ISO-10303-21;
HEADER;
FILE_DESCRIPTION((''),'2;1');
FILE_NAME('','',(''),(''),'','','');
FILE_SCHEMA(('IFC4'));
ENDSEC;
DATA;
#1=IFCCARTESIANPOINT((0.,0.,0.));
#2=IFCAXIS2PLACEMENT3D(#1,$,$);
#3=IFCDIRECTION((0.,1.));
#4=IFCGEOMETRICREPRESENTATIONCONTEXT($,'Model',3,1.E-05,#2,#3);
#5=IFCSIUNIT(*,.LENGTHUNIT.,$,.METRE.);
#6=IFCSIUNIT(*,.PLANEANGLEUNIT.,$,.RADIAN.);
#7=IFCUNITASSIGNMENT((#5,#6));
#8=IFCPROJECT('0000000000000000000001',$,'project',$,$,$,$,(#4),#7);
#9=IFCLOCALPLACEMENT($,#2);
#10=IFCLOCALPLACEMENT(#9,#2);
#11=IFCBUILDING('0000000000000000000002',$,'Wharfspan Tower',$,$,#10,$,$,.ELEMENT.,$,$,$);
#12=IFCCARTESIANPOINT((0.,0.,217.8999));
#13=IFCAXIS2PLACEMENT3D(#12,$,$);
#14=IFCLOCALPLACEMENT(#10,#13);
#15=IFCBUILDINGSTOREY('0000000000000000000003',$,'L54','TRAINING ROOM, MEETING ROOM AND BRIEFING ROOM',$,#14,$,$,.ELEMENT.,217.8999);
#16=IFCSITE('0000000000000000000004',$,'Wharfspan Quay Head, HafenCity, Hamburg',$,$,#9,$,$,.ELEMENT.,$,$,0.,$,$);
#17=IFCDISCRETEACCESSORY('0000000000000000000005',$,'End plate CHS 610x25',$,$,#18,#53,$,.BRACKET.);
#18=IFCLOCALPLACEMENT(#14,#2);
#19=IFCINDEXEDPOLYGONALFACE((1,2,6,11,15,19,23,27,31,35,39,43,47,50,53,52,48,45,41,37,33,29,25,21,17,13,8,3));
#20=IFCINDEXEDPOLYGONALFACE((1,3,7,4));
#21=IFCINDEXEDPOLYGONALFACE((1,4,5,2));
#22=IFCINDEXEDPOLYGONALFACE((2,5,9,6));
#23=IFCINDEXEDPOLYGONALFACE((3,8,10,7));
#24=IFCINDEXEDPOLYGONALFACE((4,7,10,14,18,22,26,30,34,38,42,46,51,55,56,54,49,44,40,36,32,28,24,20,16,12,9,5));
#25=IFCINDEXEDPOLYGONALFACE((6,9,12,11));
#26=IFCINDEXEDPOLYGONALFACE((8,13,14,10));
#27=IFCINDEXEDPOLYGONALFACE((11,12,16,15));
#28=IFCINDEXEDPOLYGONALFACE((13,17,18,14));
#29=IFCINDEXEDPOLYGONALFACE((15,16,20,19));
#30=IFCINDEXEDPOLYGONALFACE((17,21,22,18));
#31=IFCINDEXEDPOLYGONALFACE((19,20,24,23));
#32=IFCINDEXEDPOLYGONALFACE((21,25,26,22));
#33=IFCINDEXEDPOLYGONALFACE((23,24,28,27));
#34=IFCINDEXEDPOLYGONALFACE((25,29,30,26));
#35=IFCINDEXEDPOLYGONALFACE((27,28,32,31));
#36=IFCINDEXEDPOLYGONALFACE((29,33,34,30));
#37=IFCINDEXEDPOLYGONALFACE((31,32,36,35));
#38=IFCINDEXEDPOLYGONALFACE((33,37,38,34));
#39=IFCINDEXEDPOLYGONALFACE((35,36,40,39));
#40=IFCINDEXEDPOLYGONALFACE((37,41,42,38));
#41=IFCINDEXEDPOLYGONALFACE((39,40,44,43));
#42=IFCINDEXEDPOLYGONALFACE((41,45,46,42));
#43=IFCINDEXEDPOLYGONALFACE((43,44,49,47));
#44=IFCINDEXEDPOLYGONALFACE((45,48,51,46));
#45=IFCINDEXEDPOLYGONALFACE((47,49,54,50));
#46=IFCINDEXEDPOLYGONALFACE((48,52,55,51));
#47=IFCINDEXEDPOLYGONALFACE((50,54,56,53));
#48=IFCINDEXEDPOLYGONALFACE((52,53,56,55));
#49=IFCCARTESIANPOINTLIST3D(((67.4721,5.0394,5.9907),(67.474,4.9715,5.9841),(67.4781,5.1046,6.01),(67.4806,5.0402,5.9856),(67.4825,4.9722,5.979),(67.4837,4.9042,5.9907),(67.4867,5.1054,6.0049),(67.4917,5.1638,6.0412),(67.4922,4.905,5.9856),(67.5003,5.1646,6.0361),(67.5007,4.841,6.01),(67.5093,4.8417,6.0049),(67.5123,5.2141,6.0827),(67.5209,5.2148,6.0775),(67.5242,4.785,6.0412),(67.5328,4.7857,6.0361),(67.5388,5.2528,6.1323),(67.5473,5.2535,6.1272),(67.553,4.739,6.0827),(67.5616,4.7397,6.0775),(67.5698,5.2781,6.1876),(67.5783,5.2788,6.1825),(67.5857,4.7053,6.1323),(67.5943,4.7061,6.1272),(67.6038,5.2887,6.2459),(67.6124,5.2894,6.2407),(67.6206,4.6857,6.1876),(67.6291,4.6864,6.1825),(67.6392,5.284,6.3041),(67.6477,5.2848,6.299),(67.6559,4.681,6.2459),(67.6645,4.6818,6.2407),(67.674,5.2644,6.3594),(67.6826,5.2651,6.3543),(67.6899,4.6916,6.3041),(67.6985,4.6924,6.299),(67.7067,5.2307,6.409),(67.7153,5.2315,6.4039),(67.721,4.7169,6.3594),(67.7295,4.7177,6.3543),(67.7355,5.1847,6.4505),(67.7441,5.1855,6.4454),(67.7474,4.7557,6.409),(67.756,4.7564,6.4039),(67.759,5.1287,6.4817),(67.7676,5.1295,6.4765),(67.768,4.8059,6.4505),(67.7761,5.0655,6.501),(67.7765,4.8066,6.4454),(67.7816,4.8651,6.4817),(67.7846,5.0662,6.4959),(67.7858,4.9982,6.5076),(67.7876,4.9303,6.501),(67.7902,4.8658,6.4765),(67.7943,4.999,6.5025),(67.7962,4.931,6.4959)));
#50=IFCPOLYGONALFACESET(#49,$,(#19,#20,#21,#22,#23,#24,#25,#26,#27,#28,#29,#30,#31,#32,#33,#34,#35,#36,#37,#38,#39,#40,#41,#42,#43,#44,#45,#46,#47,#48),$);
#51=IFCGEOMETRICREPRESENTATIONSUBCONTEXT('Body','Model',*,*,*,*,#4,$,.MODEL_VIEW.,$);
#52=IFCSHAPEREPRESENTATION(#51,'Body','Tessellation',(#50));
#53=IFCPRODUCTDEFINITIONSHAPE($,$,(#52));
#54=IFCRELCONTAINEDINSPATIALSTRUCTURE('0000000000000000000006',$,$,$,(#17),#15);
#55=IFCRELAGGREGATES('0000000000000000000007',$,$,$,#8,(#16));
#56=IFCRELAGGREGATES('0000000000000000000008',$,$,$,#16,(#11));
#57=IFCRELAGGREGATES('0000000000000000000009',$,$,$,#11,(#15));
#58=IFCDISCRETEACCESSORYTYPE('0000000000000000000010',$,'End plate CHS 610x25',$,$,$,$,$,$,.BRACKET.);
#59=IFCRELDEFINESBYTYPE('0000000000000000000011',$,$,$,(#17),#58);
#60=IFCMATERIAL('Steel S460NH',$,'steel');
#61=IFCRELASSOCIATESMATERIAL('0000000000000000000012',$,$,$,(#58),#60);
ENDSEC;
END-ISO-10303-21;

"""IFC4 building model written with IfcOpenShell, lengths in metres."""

from ifc_helpers import new_model, si_unit, direction, frame, origin, origin_2d, place, context, subcontext, project, spatial, circle, extrude, material, material_profile, profile_set, type_object, element, save


model = new_model("IFC4")

# Units and contexts
model_context = context("Model", 3, precision=1e-05, world=origin(), true_north=direction((0.0, 1.0)))
body_context = subcontext(model_context, "Body", "Model", "MODEL_VIEW")
ifc_project = project(units=[si_unit("LENGTHUNIT", "METRE"), si_unit("PLANEANGLEUNIT", "RADIAN")], contexts=[model_context])

# Site, building, storey
site_placement = place(None, origin())
site = spatial("IfcSite", under=ifc_project, at=site_placement, Name="Wharfspan Quay Head, HafenCity, Hamburg", CompositionType="ELEMENT", RefElevation=0.0)
building_placement = place(site_placement, origin())
building = spatial("IfcBuilding", under=site, at=building_placement, Name="Wharfspan Tower", CompositionType="ELEMENT")
storey_placement = place(building_placement, frame((0.0, 0.0, 217.8999)))
storey = spatial("IfcBuildingStorey", under=building, at=storey_placement, Name="L54", Description="TRAINING ROOM, MEETING ROOM AND BRIEFING ROOM", CompositionType="ELEMENT", Elevation=217.8999)

# Shared definitions
ifc_material_1 = material(Name="Steel S460NH", Category="steel")

# Discrete accessory
ifc_material_profile_1 = material_profile(ifc_material_1, circle(Radius=0.3049, at=origin_2d()))
ifc_profile_set_1 = profile_set([ifc_material_profile_1], Name="Steel S460NH")
discrete_accessory_type = type_object("IfcDiscreteAccessoryType", Name="End plate CHS 610x25", PredefinedType="BRACKET", material=ifc_profile_set_1)
for number, where, z_axis, x_axis, name in (
    (1, (67.6384, 4.9856, 6.2407), (-0.855186, -0.073302, 0.513112), (0.085402, -0.996345, 0.000001), "End plate CHS 610x25"),
):
    element("IfcDiscreteAccessory", number, at=place(storey_placement, frame(where, z_axis=z_axis, x_axis=x_axis)), inside=storey, type_object=discrete_accessory_type, Name=name, PredefinedType="BRACKET", context=body_context, shape_type="SweptSolid", body=[
        extrude(circle(Radius=0.3049, at=origin_2d()), origin(), (0.0, 0.0, 1.0), 0.01),
    ])

save(model, "model.ifc")
